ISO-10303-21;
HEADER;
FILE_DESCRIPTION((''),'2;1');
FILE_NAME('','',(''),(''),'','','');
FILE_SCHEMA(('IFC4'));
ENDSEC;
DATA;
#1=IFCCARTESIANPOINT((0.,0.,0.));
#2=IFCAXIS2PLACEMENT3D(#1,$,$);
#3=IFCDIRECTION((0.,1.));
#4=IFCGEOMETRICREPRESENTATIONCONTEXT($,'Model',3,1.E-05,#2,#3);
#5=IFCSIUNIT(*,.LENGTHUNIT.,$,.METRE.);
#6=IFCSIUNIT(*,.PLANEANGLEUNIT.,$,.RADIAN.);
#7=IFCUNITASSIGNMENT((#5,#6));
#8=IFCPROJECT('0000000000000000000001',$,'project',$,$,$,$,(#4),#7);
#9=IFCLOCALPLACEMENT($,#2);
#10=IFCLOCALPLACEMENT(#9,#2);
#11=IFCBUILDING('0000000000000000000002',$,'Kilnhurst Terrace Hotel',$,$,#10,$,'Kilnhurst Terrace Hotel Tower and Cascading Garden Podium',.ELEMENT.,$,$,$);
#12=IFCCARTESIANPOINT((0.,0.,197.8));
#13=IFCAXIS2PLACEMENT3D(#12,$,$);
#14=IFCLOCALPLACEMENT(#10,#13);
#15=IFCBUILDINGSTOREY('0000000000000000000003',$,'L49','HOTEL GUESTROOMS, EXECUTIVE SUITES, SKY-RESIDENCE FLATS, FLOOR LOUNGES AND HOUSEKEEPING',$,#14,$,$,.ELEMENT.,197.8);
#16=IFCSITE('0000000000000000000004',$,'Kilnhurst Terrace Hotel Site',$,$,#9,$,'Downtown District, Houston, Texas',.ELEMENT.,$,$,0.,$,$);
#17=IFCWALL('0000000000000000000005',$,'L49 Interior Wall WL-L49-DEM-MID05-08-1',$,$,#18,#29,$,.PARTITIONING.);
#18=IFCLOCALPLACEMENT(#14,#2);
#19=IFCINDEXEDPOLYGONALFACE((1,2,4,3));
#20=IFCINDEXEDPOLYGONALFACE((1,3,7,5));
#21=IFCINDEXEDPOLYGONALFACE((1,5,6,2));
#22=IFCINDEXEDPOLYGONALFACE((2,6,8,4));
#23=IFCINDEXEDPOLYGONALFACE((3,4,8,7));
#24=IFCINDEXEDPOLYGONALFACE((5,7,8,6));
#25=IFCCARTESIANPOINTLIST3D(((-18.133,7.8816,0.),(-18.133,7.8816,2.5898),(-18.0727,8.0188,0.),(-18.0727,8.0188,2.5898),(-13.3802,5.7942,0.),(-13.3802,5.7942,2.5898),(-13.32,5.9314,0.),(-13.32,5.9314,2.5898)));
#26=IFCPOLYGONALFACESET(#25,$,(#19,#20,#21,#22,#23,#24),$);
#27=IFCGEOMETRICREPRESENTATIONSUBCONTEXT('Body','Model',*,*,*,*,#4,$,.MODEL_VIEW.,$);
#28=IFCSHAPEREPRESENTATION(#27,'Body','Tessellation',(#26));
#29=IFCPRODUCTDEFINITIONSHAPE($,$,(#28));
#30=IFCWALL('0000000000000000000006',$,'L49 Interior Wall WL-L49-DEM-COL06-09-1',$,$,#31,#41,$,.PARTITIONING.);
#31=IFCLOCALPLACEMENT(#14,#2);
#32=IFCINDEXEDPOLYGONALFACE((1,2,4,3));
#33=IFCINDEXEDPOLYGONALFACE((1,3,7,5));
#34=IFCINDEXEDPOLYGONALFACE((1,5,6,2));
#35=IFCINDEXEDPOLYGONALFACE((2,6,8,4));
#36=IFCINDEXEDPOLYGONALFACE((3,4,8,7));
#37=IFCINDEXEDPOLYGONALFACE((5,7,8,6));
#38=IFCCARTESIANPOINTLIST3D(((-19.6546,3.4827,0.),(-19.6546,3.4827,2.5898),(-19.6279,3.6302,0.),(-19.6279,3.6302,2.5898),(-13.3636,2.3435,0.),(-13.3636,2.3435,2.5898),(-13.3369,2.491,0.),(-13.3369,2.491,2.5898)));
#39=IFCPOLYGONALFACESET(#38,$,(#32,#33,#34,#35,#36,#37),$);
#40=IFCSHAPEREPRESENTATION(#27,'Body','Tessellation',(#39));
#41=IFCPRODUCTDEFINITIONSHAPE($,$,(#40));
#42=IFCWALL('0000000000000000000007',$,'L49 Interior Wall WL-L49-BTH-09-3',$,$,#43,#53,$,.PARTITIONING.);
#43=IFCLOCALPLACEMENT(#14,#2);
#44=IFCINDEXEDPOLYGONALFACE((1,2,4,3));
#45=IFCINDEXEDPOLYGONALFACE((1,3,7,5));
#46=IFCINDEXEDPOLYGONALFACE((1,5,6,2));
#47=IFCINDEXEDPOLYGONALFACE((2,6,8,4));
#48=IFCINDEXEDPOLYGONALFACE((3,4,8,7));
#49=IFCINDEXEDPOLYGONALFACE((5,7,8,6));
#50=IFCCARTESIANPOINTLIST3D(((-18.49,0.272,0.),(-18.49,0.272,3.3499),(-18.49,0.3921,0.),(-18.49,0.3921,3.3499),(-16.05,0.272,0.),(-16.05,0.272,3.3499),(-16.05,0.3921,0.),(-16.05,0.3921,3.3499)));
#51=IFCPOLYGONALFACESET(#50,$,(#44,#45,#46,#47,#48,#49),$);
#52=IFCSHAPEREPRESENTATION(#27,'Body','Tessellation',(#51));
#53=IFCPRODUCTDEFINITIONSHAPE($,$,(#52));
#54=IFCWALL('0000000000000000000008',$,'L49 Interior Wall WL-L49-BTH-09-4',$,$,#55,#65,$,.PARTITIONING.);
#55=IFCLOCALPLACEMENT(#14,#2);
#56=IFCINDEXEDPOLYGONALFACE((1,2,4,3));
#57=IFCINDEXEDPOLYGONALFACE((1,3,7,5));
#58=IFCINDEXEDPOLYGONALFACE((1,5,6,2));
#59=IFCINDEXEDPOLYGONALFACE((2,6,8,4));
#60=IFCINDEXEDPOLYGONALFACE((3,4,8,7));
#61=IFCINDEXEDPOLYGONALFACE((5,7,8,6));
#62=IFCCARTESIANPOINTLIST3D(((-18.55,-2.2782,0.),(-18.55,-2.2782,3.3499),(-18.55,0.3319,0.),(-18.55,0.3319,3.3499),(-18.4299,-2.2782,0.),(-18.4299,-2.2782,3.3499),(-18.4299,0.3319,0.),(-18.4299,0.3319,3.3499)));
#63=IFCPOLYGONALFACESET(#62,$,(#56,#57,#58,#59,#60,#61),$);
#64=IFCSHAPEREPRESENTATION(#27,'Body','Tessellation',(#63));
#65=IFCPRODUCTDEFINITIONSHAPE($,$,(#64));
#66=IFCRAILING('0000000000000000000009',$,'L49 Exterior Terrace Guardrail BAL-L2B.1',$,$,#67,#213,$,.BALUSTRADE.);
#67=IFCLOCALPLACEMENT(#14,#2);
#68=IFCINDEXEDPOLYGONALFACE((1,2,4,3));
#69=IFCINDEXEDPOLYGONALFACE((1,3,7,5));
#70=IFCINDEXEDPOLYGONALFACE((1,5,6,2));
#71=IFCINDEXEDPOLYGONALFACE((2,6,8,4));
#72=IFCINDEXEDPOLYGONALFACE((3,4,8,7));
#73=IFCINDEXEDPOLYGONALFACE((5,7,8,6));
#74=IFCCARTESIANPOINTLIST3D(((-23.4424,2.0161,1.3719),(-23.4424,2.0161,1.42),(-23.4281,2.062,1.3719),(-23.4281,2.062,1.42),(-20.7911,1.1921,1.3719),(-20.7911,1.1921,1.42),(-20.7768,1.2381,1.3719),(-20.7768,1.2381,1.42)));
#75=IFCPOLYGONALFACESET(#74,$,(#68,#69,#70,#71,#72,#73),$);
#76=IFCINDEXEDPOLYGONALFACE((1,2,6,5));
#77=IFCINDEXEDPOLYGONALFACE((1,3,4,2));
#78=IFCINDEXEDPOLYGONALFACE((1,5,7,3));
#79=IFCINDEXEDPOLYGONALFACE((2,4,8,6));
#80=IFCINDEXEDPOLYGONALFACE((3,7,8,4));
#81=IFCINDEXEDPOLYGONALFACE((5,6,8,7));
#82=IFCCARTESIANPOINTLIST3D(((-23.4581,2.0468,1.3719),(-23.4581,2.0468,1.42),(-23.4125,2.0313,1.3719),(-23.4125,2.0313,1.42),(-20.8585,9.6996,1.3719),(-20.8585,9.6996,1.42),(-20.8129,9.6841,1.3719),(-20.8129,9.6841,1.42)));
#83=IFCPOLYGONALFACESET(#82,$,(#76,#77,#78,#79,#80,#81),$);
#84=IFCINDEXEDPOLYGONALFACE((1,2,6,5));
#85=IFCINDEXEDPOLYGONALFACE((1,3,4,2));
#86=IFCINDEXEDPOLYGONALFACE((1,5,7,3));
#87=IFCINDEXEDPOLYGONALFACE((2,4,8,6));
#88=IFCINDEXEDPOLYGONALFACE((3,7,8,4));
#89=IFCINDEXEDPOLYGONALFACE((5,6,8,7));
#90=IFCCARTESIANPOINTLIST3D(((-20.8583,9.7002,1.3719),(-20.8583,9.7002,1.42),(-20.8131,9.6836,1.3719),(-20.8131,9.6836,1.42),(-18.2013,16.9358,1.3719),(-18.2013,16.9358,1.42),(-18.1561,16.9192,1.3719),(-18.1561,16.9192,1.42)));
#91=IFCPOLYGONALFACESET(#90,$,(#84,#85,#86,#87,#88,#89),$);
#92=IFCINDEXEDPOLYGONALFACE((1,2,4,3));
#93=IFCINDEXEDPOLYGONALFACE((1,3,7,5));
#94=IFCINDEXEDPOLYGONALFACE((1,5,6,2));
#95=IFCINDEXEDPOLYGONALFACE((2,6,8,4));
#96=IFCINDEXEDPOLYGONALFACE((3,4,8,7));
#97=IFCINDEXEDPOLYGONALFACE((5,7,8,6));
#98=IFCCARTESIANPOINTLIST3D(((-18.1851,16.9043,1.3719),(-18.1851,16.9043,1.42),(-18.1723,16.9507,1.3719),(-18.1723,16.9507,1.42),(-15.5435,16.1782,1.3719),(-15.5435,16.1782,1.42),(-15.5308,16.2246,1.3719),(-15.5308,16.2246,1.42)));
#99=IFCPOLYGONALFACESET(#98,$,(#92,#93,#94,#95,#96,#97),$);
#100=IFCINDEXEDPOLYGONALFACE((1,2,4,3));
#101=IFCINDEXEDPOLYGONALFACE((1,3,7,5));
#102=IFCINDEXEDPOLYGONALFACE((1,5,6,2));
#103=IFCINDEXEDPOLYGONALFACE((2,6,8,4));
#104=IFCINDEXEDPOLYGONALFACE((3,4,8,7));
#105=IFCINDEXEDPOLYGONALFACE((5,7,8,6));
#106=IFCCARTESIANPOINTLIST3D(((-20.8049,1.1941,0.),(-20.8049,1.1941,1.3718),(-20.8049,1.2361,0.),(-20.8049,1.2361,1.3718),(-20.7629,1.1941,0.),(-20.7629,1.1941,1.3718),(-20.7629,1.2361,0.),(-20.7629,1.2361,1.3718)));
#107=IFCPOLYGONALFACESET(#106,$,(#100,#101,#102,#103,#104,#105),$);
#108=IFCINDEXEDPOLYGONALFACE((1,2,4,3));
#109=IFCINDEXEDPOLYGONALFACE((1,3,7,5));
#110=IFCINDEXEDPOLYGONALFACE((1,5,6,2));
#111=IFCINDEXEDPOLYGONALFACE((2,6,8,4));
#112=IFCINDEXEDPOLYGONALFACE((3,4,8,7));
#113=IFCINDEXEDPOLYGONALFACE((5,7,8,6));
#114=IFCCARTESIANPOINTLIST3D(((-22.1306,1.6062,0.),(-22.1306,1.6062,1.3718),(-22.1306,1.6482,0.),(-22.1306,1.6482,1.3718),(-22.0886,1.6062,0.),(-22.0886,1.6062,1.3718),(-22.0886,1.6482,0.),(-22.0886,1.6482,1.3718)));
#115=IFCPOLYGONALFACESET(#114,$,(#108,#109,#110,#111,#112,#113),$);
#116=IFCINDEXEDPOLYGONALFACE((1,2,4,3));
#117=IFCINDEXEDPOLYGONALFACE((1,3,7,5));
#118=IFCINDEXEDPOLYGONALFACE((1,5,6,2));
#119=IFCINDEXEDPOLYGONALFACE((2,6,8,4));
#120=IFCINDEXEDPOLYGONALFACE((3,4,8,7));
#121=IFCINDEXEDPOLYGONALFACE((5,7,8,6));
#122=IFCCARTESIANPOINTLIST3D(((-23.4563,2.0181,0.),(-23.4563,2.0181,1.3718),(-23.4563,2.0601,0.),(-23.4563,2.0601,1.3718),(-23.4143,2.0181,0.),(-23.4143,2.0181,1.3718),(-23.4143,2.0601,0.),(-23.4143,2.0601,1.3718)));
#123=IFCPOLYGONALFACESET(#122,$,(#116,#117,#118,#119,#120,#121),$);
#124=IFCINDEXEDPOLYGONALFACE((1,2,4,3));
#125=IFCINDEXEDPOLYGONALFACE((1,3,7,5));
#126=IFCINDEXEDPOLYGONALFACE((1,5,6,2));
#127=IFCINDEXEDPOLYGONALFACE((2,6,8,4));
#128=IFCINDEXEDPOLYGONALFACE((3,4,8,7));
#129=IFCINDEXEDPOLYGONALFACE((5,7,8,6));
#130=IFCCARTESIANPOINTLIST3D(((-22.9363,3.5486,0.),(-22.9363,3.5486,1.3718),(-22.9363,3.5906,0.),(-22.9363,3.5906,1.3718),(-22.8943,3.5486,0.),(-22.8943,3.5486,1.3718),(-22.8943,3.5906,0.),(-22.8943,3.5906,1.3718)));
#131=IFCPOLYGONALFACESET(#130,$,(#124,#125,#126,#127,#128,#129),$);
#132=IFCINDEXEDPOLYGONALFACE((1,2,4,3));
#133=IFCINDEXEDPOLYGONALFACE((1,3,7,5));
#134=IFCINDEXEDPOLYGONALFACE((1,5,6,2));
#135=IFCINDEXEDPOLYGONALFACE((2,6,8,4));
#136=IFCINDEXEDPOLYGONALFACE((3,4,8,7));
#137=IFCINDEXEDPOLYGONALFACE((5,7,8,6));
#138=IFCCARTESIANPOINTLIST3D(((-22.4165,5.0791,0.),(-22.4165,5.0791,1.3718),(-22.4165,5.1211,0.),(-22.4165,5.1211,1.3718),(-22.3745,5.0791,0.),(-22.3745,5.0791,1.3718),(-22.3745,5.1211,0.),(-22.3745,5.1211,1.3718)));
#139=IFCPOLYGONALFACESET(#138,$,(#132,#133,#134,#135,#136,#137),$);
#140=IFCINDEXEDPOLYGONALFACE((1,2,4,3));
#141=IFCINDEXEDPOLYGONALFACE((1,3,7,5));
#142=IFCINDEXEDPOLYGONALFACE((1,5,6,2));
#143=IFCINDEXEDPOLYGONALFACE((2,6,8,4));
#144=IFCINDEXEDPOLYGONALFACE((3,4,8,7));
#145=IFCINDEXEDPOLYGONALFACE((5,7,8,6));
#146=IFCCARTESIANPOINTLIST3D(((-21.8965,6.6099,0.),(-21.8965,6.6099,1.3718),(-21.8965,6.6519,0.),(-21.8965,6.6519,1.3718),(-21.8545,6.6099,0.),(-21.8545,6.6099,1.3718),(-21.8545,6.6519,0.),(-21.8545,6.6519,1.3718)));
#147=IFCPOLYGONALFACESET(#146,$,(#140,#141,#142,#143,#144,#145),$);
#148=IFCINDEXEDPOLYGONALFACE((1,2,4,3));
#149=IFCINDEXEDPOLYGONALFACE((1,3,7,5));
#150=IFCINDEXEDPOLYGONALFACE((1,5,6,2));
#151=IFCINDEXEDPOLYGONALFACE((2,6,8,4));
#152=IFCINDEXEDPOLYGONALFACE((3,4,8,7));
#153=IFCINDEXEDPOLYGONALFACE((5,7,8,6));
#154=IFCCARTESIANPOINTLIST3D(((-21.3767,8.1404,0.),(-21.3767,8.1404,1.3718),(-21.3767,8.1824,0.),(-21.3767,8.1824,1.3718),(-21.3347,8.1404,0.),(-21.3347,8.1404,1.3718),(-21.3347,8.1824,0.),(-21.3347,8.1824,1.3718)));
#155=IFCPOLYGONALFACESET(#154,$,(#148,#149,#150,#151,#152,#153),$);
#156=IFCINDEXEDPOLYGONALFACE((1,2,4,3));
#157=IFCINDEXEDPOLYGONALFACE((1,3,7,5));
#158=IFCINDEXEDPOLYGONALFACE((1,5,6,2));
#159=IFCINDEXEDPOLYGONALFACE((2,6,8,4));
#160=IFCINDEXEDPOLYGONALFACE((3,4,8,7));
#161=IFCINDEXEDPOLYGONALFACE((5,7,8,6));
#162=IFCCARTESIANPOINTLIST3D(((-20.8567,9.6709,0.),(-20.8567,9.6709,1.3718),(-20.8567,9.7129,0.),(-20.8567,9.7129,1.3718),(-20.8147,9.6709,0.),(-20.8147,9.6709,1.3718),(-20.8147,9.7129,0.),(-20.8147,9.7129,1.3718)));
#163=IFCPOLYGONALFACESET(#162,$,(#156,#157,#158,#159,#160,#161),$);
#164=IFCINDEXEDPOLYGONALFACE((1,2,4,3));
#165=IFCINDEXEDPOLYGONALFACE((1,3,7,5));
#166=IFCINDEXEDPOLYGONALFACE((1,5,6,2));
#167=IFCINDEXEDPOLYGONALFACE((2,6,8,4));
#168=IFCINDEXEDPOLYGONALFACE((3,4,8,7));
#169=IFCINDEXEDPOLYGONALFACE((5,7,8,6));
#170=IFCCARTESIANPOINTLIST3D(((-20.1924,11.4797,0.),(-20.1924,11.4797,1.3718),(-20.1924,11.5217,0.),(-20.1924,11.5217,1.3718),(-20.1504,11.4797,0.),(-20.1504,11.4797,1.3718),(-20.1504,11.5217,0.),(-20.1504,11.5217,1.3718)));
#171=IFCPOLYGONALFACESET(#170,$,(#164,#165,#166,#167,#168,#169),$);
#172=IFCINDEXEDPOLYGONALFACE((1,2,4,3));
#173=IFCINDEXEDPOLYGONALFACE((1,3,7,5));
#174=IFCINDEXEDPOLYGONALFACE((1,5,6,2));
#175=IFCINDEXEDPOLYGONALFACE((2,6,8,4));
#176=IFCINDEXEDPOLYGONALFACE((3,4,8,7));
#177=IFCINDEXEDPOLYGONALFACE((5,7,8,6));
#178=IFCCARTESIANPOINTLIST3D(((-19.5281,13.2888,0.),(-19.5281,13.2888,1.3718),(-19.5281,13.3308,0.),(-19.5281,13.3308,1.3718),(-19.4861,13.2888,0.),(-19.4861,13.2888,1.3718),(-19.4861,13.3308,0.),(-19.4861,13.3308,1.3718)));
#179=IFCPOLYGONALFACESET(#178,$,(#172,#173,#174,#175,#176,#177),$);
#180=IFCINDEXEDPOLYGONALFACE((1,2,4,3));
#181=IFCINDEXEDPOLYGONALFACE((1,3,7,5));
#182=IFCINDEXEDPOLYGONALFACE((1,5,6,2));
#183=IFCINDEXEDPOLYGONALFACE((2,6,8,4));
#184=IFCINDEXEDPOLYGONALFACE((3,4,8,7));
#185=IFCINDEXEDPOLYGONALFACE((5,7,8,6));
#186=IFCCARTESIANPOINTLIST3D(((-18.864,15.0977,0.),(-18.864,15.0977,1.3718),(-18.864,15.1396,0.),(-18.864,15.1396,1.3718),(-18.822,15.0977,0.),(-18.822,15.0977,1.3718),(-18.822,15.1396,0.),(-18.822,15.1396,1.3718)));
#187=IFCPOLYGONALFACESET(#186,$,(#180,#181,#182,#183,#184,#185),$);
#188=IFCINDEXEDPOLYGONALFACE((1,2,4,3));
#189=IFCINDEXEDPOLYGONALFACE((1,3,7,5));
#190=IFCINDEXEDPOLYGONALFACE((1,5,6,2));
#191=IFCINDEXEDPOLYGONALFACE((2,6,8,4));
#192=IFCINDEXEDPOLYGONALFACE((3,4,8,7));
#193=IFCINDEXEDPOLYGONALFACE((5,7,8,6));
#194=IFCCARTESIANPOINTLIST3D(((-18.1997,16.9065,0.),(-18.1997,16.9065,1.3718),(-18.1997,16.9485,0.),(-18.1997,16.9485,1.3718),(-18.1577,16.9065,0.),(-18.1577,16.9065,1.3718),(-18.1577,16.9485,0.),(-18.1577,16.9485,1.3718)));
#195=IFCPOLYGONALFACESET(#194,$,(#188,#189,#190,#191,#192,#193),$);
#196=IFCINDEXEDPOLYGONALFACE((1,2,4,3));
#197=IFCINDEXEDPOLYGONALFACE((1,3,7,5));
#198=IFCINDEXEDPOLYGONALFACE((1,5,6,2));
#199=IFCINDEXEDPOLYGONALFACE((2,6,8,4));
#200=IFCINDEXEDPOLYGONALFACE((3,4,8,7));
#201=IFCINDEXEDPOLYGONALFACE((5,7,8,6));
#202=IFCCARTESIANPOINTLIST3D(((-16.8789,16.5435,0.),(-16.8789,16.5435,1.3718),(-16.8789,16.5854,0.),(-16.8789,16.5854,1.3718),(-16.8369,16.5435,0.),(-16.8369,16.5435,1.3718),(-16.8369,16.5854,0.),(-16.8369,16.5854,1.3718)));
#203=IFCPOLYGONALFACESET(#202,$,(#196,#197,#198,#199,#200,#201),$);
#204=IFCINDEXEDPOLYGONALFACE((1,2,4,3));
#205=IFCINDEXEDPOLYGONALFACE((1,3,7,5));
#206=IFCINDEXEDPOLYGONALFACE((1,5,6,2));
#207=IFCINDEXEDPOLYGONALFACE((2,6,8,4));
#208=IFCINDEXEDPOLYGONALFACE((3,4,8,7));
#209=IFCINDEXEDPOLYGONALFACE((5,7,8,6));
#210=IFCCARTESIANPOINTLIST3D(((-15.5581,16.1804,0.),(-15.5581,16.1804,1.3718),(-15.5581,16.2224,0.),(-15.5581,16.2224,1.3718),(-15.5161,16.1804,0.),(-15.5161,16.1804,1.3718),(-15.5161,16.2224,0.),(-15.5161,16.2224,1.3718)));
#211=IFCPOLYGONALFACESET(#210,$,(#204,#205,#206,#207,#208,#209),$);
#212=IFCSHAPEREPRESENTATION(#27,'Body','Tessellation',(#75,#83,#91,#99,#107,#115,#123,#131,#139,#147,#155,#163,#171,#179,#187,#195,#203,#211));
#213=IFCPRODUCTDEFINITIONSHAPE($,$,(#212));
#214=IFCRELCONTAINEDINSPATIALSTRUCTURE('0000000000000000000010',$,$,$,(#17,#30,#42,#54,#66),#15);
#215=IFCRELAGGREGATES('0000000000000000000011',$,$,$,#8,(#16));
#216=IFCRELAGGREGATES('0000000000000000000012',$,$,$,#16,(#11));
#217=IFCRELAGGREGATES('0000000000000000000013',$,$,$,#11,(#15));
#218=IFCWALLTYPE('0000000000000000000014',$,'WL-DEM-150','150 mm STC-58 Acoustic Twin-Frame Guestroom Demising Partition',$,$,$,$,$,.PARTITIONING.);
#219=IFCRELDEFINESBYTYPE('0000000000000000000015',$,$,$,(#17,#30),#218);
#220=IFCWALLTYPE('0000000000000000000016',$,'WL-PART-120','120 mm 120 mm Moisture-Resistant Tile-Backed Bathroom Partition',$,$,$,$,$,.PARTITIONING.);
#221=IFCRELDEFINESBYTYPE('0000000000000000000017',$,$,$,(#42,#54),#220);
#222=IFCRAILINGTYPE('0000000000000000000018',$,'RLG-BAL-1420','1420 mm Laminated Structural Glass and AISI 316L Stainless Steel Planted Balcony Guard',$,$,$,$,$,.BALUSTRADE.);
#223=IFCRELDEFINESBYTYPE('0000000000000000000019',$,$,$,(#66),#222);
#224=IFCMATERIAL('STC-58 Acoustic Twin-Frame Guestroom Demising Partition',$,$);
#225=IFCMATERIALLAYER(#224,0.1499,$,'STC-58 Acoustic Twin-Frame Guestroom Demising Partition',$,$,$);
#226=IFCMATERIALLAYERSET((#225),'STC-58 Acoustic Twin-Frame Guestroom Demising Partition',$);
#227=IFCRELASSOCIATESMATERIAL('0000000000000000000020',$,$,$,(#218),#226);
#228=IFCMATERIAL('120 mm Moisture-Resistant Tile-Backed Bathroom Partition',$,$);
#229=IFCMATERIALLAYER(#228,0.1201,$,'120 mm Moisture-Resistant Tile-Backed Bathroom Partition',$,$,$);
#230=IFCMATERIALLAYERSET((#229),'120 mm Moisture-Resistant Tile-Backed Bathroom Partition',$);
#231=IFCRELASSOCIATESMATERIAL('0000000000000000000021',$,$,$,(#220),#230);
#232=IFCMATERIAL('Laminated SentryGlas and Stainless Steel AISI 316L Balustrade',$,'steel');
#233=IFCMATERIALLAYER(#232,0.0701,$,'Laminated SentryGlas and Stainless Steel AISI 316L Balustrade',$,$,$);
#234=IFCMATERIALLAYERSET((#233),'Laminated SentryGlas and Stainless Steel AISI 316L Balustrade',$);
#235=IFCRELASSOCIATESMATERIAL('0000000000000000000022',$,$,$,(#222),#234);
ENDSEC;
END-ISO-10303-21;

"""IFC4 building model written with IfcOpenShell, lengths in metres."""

from ifc_helpers import new_model, si_unit, direction, frame, frame_2d, origin, origin_2d, place, context, subcontext, project, spatial, rectangle, extrude, material, layer, layer_set, type_object, element, save


model = new_model("IFC4")

# Units and contexts
model_context = context("Model", 3, precision=1e-05, world=origin(), true_north=direction((0.0, 1.0)))
body_context = subcontext(model_context, "Body", "Model", "MODEL_VIEW")
ifc_project = project(units=[si_unit("LENGTHUNIT", "METRE"), si_unit("PLANEANGLEUNIT", "RADIAN")], contexts=[model_context])

# Site, building, storey
site_placement = place(None, origin())
site = spatial("IfcSite", under=ifc_project, at=site_placement, Name="Kilnhurst Terrace Hotel Site", LongName="Downtown District, Houston, Texas", CompositionType="ELEMENT", RefElevation=0.0)
building_placement = place(site_placement, origin())
building = spatial("IfcBuilding", under=site, at=building_placement, Name="Kilnhurst Terrace Hotel", LongName="Kilnhurst Terrace Hotel Tower and Cascading Garden Podium", CompositionType="ELEMENT")
storey_placement = place(building_placement, frame((0.0, 0.0, 197.8)))
storey = spatial("IfcBuildingStorey", under=building, at=storey_placement, Name="L49", Description="HOTEL GUESTROOMS, EXECUTIVE SUITES, SKY-RESIDENCE FLATS, FLOOR LOUNGES AND HOUSEKEEPING", CompositionType="ELEMENT", Elevation=197.8)

# Walls
ifc_material_1 = material(Name="STC-58 Acoustic Twin-Frame Guestroom Demising Partition")
ifc_layer_1 = layer(ifc_material_1, 0.1499, Name="STC-58 Acoustic Twin-Frame Guestroom Demising Partition")
ifc_layer_set_1 = layer_set([ifc_layer_1], Name="STC-58 Acoustic Twin-Frame Guestroom Demising Partition")
wall_type_1 = type_object("IfcWallType", Name="WL-DEM-150", Description="150 mm STC-58 Acoustic Twin-Frame Guestroom Demising Partition", PredefinedType="PARTITIONING", material=ifc_layer_set_1)
wall_1_placement = place(storey_placement, frame((-13.3501, 5.8628, 0.0), z_axis=(0.0, 0.0, 1.0), x_axis=(-0.915583, 0.402129, 0.0)))
element("IfcWall", 1, at=wall_1_placement, inside=storey, type_object=wall_type_1, Name="L49 Interior Wall WL-L49-DEM-MID05-08-1", PredefinedType="PARTITIONING", context=body_context, shape_type="SweptSolid", body=[
    extrude(rectangle(XDim=5.1909, YDim=0.1499, at=frame_2d((2.5955, 0.0))), origin(), (0.0, 0.0, 1.0), 2.5898),
])
wall_2_placement = place(storey_placement, frame((-13.3501, 2.4172, 0.0), z_axis=(0.0, 0.0, 1.0), x_axis=(-0.983998, 0.17818, 0.0)))
element("IfcWall", 2, at=wall_2_placement, inside=storey, type_object=wall_type_1, Name="L49 Interior Wall WL-L49-DEM-COL06-09-1", PredefinedType="PARTITIONING", context=body_context, shape_type="SweptSolid", body=[
    extrude(rectangle(XDim=6.3933, YDim=0.1499, at=frame_2d((3.1968, 0.0))), origin(), (0.0, 0.0, 1.0), 2.5898),
])
ifc_material_2 = material(Name="120 mm Moisture-Resistant Tile-Backed Bathroom Partition")
ifc_layer_2 = layer(ifc_material_2, 0.1201, Name="120 mm Moisture-Resistant Tile-Backed Bathroom Partition")
ifc_layer_set_2 = layer_set([ifc_layer_2], Name="120 mm Moisture-Resistant Tile-Backed Bathroom Partition")
wall_type_2 = type_object("IfcWallType", Name="WL-PART-120", Description="120 mm 120 mm Moisture-Resistant Tile-Backed Bathroom Partition", PredefinedType="PARTITIONING", material=ifc_layer_set_2)
wall_3_placement = place(storey_placement, frame((-16.05, 0.332, 0.0), z_axis=(0.0, 0.0, 1.0), x_axis=(-1.0, 0.0, 0.0)))
element("IfcWall", 3, at=wall_3_placement, inside=storey, type_object=wall_type_2, Name="L49 Interior Wall WL-L49-BTH-09-3", PredefinedType="PARTITIONING", context=body_context, shape_type="SweptSolid", body=[
    extrude(rectangle(XDim=2.4399, YDim=0.1201, at=frame_2d((1.22, 0.0))), origin(), (0.0, 0.0, 1.0), 3.3499),
])
wall_4_placement = place(storey_placement, frame((-18.49, 0.332, 0.0), z_axis=(0.0, 0.0, 1.0), x_axis=(0.0, -1.0, 0.0)))
element("IfcWall", 4, at=wall_4_placement, inside=storey, type_object=wall_type_2, Name="L49 Interior Wall WL-L49-BTH-09-4", PredefinedType="PARTITIONING", context=body_context, shape_type="SweptSolid", body=[
    extrude(rectangle(XDim=2.6101, YDim=0.1201, at=frame_2d((1.3052, 0.0))), origin(), (0.0, 0.0, 1.0), 3.3499),
])

# Railing
ifc_material_3 = material(Name="Laminated SentryGlas and Stainless Steel AISI 316L Balustrade", Category="steel")
ifc_layer_3 = layer(ifc_material_3, 0.0701, Name="Laminated SentryGlas and Stainless Steel AISI 316L Balustrade")
ifc_layer_set_3 = layer_set([ifc_layer_3], Name="Laminated SentryGlas and Stainless Steel AISI 316L Balustrade")
railing_type = type_object("IfcRailingType", Name="RLG-BAL-1420", Description="1420 mm Laminated Structural Glass and AISI 316L Stainless Steel Planted Balcony Guard", PredefinedType="BALUSTRADE", material=ifc_layer_set_3)
railing_placement = place(storey_placement, frame((-20.7839, 1.2151, 0.0)))
element("IfcRailing", 5, at=railing_placement, inside=storey, type_object=railing_type, Name="L49 Exterior Terrace Guardrail BAL-L2B.1", PredefinedType="BALUSTRADE", context=body_context, shape_type="SweptSolid", body=[
    extrude(rectangle(XDim=0.0481, YDim=0.0481, at=origin_2d()), frame((0.0, 0.0, 1.396), z_axis=(-0.954948, 0.296773, 0.0), x_axis=(-0.296773, -0.954948, 0.0)), (0.0, 0.0, 1.0), 2.7764),
    extrude(rectangle(XDim=0.0481, YDim=0.0481, at=origin_2d()), frame((-2.6514, 0.824, 1.396), z_axis=(0.321642, 0.946861, 0.0), x_axis=(-0.946861, 0.321642, 0.0)), (0.0, 0.0, 1.0), 8.0823),
    extrude(rectangle(XDim=0.0481, YDim=0.0481, at=origin_2d()), frame((-0.0518, 8.4768, 1.396), z_axis=(0.344704, 0.938711, 0.0), x_axis=(-0.938711, 0.344704, 0.0)), (0.0, 0.0, 1.0), 7.708),
    extrude(rectangle(XDim=0.0481, YDim=0.0481, at=origin_2d()), frame((2.6052, 15.7124, 1.396), z_axis=(0.96424, -0.265032, 0.0), x_axis=(0.265032, 0.96424, 0.0)), (0.0, 0.0, 1.0), 2.7395),
    extrude(rectangle(XDim=0.042, YDim=0.042, at=origin_2d()), origin(), (0.0, 0.0, 1.0), 1.3718),
    extrude(rectangle(XDim=0.042, YDim=0.042, at=origin_2d()), frame((-1.3257, 0.4121, 0.0)), (0.0, 0.0, 1.0), 1.3718),
    extrude(rectangle(XDim=0.042, YDim=0.042, at=origin_2d()), frame((-2.6514, 0.824, 0.0)), (0.0, 0.0, 1.0), 1.3718),
    extrude(rectangle(XDim=0.042, YDim=0.042, at=origin_2d()), frame((-2.1313, 2.3545, 0.0)), (0.0, 0.0, 1.0), 1.3718),
    extrude(rectangle(XDim=0.042, YDim=0.042, at=origin_2d()), frame((-1.6116, 3.885, 0.0)), (0.0, 0.0, 1.0), 1.3718),
    extrude(rectangle(XDim=0.042, YDim=0.042, at=origin_2d()), frame((-1.0916, 5.4158, 0.0)), (0.0, 0.0, 1.0), 1.3718),
    extrude(rectangle(XDim=0.042, YDim=0.042, at=origin_2d()), frame((-0.5718, 6.9463, 0.0)), (0.0, 0.0, 1.0), 1.3718),
    extrude(rectangle(XDim=0.042, YDim=0.042, at=origin_2d()), frame((-0.0518, 8.4768, 0.0)), (0.0, 0.0, 1.0), 1.3718),
    extrude(rectangle(XDim=0.042, YDim=0.042, at=origin_2d()), frame((0.6125, 10.2856, 0.0)), (0.0, 0.0, 1.0), 1.3718),
    extrude(rectangle(XDim=0.042, YDim=0.042, at=origin_2d()), frame((1.2769, 12.0947, 0.0)), (0.0, 0.0, 1.0), 1.3718),
    extrude(rectangle(XDim=0.042, YDim=0.042, at=origin_2d()), frame((1.9409, 13.9036, 0.0)), (0.0, 0.0, 1.0), 1.3718),
    extrude(rectangle(XDim=0.042, YDim=0.042, at=origin_2d()), frame((2.6052, 15.7124, 0.0)), (0.0, 0.0, 1.0), 1.3718),
    extrude(rectangle(XDim=0.042, YDim=0.042, at=origin_2d()), frame((3.926, 15.3494, 0.0)), (0.0, 0.0, 1.0), 1.3718),
    extrude(rectangle(XDim=0.042, YDim=0.042, at=origin_2d()), frame((5.2468, 14.9863, 0.0)), (0.0, 0.0, 1.0), 1.3718),
])

save(model, "model.ifc")
